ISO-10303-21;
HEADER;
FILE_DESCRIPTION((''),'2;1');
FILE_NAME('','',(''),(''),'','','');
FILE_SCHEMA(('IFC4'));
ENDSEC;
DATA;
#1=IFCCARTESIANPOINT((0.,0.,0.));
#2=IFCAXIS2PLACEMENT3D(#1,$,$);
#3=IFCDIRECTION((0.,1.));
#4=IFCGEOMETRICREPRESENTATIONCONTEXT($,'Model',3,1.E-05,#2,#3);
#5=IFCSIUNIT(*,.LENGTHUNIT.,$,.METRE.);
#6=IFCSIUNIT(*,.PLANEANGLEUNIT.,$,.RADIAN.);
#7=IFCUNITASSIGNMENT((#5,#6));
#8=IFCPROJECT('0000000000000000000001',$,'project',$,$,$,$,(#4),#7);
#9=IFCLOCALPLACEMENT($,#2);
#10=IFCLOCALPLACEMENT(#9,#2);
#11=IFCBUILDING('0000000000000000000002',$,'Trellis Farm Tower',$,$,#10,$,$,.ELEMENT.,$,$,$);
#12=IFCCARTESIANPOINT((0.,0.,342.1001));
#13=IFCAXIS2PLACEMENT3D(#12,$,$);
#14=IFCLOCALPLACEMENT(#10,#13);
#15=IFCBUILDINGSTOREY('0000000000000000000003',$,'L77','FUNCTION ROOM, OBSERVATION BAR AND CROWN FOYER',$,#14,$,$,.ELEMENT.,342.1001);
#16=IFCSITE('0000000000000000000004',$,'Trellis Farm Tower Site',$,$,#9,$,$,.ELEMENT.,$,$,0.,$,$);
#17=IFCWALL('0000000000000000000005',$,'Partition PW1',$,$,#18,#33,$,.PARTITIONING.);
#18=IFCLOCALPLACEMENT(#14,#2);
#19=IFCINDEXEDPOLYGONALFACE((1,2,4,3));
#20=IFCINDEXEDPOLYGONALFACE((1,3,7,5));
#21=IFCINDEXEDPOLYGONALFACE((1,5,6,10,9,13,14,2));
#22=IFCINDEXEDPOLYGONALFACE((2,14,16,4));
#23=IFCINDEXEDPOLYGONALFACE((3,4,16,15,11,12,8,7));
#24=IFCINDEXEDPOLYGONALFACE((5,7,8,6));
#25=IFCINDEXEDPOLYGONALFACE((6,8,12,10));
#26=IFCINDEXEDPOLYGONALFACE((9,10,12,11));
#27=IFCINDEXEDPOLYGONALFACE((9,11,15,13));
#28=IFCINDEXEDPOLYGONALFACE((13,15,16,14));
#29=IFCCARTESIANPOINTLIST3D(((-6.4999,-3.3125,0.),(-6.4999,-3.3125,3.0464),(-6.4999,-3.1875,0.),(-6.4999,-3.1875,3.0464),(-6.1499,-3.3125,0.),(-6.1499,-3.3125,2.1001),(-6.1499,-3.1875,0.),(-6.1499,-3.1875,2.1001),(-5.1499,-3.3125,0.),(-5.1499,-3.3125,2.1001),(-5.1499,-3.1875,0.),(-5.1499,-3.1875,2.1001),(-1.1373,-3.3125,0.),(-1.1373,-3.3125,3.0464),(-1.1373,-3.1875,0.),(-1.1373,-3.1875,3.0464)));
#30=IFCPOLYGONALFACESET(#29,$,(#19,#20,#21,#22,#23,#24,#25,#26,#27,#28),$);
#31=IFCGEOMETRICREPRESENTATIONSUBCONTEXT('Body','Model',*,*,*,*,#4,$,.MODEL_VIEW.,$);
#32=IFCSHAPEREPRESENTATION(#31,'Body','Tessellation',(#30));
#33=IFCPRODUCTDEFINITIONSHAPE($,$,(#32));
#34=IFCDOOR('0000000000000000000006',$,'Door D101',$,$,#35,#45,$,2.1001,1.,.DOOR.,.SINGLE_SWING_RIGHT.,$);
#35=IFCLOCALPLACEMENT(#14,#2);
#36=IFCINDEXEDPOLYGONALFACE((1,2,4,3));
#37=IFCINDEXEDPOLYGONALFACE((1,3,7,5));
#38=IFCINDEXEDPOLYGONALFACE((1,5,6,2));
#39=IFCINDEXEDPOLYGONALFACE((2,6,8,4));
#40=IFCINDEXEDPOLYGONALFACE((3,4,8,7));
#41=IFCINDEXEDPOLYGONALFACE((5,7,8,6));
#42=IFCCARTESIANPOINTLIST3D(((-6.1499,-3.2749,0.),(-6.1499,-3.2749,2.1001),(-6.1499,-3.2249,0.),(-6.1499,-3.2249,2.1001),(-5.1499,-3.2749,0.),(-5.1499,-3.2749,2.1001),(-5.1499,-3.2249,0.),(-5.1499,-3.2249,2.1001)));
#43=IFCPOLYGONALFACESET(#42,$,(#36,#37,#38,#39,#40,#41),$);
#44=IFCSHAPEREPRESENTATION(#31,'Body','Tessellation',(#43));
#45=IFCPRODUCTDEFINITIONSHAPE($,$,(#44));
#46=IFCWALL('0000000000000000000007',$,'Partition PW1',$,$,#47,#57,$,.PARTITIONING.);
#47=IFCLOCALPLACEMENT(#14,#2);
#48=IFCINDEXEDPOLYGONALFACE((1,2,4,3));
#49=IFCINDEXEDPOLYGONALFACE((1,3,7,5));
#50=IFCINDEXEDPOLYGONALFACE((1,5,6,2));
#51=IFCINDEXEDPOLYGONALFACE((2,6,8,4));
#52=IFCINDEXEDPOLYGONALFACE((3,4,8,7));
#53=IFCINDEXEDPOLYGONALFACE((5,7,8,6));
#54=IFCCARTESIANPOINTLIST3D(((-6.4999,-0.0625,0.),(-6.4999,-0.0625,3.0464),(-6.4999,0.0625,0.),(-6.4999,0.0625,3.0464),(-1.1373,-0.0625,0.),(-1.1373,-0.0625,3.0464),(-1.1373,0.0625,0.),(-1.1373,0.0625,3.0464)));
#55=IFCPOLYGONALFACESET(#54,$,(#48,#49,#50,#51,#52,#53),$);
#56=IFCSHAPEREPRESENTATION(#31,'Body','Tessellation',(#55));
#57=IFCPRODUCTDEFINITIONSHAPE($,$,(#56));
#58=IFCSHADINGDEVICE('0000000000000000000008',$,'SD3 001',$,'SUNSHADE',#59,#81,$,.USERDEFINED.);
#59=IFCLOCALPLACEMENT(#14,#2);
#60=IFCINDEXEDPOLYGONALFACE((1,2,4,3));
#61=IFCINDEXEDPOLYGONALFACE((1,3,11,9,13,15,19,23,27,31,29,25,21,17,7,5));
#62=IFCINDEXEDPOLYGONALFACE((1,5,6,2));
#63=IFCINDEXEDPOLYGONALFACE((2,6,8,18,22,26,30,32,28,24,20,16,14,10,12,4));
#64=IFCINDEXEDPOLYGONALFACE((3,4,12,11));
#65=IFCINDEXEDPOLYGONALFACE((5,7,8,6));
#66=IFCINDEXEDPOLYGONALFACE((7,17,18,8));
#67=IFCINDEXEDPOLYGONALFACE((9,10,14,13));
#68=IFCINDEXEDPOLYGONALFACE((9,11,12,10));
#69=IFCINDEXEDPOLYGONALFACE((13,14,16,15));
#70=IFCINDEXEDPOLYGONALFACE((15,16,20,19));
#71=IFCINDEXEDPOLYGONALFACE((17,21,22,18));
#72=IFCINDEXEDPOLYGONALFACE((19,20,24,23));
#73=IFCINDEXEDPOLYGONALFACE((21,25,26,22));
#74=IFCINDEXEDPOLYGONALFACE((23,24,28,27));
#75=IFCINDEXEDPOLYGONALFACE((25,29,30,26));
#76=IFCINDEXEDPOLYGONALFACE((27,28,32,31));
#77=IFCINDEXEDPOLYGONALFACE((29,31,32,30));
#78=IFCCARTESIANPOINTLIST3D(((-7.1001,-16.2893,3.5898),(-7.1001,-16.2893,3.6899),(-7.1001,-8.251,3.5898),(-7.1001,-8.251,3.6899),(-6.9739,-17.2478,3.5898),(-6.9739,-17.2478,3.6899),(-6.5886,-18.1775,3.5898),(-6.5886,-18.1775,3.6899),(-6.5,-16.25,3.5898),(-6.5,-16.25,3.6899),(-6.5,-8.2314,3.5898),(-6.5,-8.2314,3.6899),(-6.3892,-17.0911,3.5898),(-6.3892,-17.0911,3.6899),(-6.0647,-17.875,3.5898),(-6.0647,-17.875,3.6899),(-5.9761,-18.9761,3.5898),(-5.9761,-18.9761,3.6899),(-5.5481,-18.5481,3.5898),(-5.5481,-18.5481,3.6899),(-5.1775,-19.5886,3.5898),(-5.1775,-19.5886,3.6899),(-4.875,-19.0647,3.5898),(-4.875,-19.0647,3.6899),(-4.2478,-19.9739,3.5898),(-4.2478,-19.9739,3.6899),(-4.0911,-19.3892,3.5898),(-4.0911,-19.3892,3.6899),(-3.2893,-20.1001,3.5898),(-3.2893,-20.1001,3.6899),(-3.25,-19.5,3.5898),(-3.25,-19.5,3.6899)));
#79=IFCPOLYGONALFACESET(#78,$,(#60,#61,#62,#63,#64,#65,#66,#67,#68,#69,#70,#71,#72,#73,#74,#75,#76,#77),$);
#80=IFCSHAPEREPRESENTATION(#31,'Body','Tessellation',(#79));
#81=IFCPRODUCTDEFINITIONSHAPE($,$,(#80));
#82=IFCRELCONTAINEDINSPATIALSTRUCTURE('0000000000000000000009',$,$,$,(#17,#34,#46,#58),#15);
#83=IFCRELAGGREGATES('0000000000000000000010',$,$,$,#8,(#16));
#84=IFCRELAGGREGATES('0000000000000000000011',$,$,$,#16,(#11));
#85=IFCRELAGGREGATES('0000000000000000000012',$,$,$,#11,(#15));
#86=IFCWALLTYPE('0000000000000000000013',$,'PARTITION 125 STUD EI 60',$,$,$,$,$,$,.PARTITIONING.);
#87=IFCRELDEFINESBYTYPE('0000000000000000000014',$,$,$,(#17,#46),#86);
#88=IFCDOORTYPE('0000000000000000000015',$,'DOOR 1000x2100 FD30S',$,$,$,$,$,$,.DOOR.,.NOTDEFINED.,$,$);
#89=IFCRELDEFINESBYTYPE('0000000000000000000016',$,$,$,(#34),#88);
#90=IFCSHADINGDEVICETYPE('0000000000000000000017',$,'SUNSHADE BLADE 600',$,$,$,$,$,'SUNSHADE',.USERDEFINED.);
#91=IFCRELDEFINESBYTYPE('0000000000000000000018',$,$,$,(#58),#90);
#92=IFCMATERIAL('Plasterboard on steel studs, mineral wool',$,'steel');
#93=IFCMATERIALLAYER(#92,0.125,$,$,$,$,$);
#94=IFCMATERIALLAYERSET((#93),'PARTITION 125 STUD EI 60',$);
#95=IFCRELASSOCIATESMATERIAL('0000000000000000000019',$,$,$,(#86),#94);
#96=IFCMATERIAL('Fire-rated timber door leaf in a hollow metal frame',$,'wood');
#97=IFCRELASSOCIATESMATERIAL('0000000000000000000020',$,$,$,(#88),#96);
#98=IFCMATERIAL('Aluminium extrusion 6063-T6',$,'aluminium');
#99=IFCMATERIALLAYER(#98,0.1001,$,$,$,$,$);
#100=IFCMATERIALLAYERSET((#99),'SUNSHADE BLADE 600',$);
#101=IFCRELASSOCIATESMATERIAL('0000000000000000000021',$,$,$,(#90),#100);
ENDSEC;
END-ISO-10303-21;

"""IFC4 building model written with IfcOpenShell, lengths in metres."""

from ifc_helpers import new_model, si_unit, direction, frame, frame_2d, origin, place, context, subcontext, project, spatial, polyline, rectangle, outline, extrude, source, transform, mapped, material, layer, layer_set, type_object, element, fill, save


model = new_model("IFC4")

# Units and contexts
model_context = context("Model", 3, precision=1e-05, world=origin(), true_north=direction((0.0, 1.0)))
body_context = subcontext(model_context, "Body", "Model", "MODEL_VIEW")
ifc_project = project(units=[si_unit("LENGTHUNIT", "METRE"), si_unit("PLANEANGLEUNIT", "RADIAN")], contexts=[model_context])

# Site, building, storey
site_placement = place(None, origin())
site = spatial("IfcSite", under=ifc_project, at=site_placement, Name="Trellis Farm Tower Site", CompositionType="ELEMENT", RefElevation=0.0)
building_placement = place(site_placement, origin())
building = spatial("IfcBuilding", under=site, at=building_placement, Name="Trellis Farm Tower", CompositionType="ELEMENT")
storey_placement = place(building_placement, frame((0.0, 0.0, 342.1001)))
storey = spatial("IfcBuildingStorey", under=building, at=storey_placement, Name="L77", Description="FUNCTION ROOM, OBSERVATION BAR AND CROWN FOYER", CompositionType="ELEMENT", Elevation=342.1001)

# Shared definitions
ifc_material_1 = material(Name="Aluminium extrusion 6063-T6", Category="aluminium")

# Shared definitions
ifc_material_2 = material(Name="Plasterboard on steel studs, mineral wool", Category="steel")
ifc_layer_1 = layer(ifc_material_2, 0.125)
ifc_layer_set_1 = layer_set([ifc_layer_1], Name="PARTITION 125 STUD EI 60")
wall_type = type_object("IfcWallType", Name="PARTITION 125 STUD EI 60", PredefinedType="PARTITIONING", material=ifc_layer_set_1)

# Wall, opening, door
shared_shape_1 = source(origin(), body_context, "Body", "SweptSolid", [
    extrude(rectangle(XDim=5.3625, YDim=0.125, at=frame_2d((2.6812, 0.0))), origin(), (0.0, 0.0, 1.0), 3.0464),
])
wall_1_placement = place(storey_placement, frame((-1.1375, -3.25, 0.0), z_axis=(0.0, 0.0, 1.0), x_axis=(-1.0, 0.0, 0.0)))
wall_1 = element("IfcWall", 1, at=wall_1_placement, inside=storey, type_object=wall_type, Name="Partition PW1", PredefinedType="PARTITIONING", context=body_context, shape_type="MappedRepresentation", body=[
    mapped(shared_shape_1, transform((0.0, 0.0, 0.0))),
])
shared_shape_2 = source(origin(), body_context, "Body", "SweptSolid", [
    extrude(rectangle(XDim=1.0, YDim=2.1001, at=frame_2d((0.5, 1.05))), frame((0.0, 0.0725, 0.0), z_axis=(0.0, -1.0, 0.0), x_axis=(1.0, 0.0, 0.0)), (0.0, 0.0, 1.0), 0.145),
])
opening_placement = place(wall_1_placement, frame((4.0125, 0.0, 0.0)))
opening = element("IfcOpeningElement", 2, at=opening_placement, cuts=wall_1, PredefinedType="OPENING", context=body_context, shape_type="MappedRepresentation", body=[
    mapped(shared_shape_2, transform((0.0, 0.0, 0.0))),
])
ifc_material_3 = material(Name="Fire-rated timber door leaf in a hollow metal frame", Category="wood")
door_type = type_object("IfcDoorType", Name="DOOR 1000x2100 FD30S", OperationType="NOTDEFINED", PredefinedType="DOOR", material=ifc_material_3)
shared_shape_3 = source(origin(), body_context, "Body", "SweptSolid", [
    extrude(rectangle(XDim=1.0, YDim=2.1001, at=frame_2d((0.5, 1.05))), frame((0.0, 0.0249, 0.0), z_axis=(0.0, -1.0, 0.0), x_axis=(1.0, 0.0, 0.0)), (0.0, 0.0, 1.0), 0.05),
])
door_placement = place(opening_placement, origin())
door = element("IfcDoor", 3, at=door_placement, inside=storey, type_object=door_type, Name="Door D101", OperationType="SINGLE_SWING_RIGHT", OverallHeight=2.1001, OverallWidth=1.0, PredefinedType="DOOR", context=body_context, shape_type="MappedRepresentation", body=[
    mapped(shared_shape_3, transform((0.0, 0.0, 0.0))),
])
fill(opening, door)

# Wall
wall_2_placement = place(storey_placement, frame((-1.1375, 0.0, 0.0), z_axis=(0.0, 0.0, 1.0), x_axis=(-1.0, 0.0, 0.0)))
element("IfcWall", 4, at=wall_2_placement, inside=storey, type_object=wall_type, Name="Partition PW1", PredefinedType="PARTITIONING", context=body_context, shape_type="MappedRepresentation", body=[
    mapped(shared_shape_1, transform((0.0, 0.0, 0.0))),
])

# Shading device
ifc_layer_2 = layer(ifc_material_1, 0.1001)
ifc_layer_set_2 = layer_set([ifc_layer_2], Name="SUNSHADE BLADE 600")
shading_device_type = type_object("IfcShadingDeviceType", Name="SUNSHADE BLADE 600", ElementType="SUNSHADE", PredefinedType="USERDEFINED", material=ifc_layer_set_2)
shared_shape_4 = source(origin(), body_context, "Body", "SweptSolid", [
    extrude(outline(polyline([(-7.1001, -8.251), (-7.1001, -16.2893), (-6.9739, -17.2478), (-6.5886, -18.1775), (-5.9761, -18.9761), (-5.1775, -19.5886), (-4.2478, -19.9739), (-3.2893, -20.1001), (-3.25, -19.5), (-4.0911, -19.3892), (-4.875, -19.0647), (-5.5481, -18.5481), (-6.0647, -17.875), (-6.3892, -17.0911), (-6.5, -16.25), (-6.5, -8.2314), (-7.1001, -8.251)])), origin(), (0.0, 0.0, 1.0), 0.1001),
])
shading_device_placement = place(storey_placement, frame((0.0, 0.0, 3.5898)))
element("IfcShadingDevice", 5, at=shading_device_placement, inside=storey, type_object=shading_device_type, Name="SD3 001", ObjectType="SUNSHADE", PredefinedType="USERDEFINED", context=body_context, shape_type="MappedRepresentation", body=[
    mapped(shared_shape_4, transform((0.0, 0.0, 0.0))),
])

save(model, "model.ifc")
